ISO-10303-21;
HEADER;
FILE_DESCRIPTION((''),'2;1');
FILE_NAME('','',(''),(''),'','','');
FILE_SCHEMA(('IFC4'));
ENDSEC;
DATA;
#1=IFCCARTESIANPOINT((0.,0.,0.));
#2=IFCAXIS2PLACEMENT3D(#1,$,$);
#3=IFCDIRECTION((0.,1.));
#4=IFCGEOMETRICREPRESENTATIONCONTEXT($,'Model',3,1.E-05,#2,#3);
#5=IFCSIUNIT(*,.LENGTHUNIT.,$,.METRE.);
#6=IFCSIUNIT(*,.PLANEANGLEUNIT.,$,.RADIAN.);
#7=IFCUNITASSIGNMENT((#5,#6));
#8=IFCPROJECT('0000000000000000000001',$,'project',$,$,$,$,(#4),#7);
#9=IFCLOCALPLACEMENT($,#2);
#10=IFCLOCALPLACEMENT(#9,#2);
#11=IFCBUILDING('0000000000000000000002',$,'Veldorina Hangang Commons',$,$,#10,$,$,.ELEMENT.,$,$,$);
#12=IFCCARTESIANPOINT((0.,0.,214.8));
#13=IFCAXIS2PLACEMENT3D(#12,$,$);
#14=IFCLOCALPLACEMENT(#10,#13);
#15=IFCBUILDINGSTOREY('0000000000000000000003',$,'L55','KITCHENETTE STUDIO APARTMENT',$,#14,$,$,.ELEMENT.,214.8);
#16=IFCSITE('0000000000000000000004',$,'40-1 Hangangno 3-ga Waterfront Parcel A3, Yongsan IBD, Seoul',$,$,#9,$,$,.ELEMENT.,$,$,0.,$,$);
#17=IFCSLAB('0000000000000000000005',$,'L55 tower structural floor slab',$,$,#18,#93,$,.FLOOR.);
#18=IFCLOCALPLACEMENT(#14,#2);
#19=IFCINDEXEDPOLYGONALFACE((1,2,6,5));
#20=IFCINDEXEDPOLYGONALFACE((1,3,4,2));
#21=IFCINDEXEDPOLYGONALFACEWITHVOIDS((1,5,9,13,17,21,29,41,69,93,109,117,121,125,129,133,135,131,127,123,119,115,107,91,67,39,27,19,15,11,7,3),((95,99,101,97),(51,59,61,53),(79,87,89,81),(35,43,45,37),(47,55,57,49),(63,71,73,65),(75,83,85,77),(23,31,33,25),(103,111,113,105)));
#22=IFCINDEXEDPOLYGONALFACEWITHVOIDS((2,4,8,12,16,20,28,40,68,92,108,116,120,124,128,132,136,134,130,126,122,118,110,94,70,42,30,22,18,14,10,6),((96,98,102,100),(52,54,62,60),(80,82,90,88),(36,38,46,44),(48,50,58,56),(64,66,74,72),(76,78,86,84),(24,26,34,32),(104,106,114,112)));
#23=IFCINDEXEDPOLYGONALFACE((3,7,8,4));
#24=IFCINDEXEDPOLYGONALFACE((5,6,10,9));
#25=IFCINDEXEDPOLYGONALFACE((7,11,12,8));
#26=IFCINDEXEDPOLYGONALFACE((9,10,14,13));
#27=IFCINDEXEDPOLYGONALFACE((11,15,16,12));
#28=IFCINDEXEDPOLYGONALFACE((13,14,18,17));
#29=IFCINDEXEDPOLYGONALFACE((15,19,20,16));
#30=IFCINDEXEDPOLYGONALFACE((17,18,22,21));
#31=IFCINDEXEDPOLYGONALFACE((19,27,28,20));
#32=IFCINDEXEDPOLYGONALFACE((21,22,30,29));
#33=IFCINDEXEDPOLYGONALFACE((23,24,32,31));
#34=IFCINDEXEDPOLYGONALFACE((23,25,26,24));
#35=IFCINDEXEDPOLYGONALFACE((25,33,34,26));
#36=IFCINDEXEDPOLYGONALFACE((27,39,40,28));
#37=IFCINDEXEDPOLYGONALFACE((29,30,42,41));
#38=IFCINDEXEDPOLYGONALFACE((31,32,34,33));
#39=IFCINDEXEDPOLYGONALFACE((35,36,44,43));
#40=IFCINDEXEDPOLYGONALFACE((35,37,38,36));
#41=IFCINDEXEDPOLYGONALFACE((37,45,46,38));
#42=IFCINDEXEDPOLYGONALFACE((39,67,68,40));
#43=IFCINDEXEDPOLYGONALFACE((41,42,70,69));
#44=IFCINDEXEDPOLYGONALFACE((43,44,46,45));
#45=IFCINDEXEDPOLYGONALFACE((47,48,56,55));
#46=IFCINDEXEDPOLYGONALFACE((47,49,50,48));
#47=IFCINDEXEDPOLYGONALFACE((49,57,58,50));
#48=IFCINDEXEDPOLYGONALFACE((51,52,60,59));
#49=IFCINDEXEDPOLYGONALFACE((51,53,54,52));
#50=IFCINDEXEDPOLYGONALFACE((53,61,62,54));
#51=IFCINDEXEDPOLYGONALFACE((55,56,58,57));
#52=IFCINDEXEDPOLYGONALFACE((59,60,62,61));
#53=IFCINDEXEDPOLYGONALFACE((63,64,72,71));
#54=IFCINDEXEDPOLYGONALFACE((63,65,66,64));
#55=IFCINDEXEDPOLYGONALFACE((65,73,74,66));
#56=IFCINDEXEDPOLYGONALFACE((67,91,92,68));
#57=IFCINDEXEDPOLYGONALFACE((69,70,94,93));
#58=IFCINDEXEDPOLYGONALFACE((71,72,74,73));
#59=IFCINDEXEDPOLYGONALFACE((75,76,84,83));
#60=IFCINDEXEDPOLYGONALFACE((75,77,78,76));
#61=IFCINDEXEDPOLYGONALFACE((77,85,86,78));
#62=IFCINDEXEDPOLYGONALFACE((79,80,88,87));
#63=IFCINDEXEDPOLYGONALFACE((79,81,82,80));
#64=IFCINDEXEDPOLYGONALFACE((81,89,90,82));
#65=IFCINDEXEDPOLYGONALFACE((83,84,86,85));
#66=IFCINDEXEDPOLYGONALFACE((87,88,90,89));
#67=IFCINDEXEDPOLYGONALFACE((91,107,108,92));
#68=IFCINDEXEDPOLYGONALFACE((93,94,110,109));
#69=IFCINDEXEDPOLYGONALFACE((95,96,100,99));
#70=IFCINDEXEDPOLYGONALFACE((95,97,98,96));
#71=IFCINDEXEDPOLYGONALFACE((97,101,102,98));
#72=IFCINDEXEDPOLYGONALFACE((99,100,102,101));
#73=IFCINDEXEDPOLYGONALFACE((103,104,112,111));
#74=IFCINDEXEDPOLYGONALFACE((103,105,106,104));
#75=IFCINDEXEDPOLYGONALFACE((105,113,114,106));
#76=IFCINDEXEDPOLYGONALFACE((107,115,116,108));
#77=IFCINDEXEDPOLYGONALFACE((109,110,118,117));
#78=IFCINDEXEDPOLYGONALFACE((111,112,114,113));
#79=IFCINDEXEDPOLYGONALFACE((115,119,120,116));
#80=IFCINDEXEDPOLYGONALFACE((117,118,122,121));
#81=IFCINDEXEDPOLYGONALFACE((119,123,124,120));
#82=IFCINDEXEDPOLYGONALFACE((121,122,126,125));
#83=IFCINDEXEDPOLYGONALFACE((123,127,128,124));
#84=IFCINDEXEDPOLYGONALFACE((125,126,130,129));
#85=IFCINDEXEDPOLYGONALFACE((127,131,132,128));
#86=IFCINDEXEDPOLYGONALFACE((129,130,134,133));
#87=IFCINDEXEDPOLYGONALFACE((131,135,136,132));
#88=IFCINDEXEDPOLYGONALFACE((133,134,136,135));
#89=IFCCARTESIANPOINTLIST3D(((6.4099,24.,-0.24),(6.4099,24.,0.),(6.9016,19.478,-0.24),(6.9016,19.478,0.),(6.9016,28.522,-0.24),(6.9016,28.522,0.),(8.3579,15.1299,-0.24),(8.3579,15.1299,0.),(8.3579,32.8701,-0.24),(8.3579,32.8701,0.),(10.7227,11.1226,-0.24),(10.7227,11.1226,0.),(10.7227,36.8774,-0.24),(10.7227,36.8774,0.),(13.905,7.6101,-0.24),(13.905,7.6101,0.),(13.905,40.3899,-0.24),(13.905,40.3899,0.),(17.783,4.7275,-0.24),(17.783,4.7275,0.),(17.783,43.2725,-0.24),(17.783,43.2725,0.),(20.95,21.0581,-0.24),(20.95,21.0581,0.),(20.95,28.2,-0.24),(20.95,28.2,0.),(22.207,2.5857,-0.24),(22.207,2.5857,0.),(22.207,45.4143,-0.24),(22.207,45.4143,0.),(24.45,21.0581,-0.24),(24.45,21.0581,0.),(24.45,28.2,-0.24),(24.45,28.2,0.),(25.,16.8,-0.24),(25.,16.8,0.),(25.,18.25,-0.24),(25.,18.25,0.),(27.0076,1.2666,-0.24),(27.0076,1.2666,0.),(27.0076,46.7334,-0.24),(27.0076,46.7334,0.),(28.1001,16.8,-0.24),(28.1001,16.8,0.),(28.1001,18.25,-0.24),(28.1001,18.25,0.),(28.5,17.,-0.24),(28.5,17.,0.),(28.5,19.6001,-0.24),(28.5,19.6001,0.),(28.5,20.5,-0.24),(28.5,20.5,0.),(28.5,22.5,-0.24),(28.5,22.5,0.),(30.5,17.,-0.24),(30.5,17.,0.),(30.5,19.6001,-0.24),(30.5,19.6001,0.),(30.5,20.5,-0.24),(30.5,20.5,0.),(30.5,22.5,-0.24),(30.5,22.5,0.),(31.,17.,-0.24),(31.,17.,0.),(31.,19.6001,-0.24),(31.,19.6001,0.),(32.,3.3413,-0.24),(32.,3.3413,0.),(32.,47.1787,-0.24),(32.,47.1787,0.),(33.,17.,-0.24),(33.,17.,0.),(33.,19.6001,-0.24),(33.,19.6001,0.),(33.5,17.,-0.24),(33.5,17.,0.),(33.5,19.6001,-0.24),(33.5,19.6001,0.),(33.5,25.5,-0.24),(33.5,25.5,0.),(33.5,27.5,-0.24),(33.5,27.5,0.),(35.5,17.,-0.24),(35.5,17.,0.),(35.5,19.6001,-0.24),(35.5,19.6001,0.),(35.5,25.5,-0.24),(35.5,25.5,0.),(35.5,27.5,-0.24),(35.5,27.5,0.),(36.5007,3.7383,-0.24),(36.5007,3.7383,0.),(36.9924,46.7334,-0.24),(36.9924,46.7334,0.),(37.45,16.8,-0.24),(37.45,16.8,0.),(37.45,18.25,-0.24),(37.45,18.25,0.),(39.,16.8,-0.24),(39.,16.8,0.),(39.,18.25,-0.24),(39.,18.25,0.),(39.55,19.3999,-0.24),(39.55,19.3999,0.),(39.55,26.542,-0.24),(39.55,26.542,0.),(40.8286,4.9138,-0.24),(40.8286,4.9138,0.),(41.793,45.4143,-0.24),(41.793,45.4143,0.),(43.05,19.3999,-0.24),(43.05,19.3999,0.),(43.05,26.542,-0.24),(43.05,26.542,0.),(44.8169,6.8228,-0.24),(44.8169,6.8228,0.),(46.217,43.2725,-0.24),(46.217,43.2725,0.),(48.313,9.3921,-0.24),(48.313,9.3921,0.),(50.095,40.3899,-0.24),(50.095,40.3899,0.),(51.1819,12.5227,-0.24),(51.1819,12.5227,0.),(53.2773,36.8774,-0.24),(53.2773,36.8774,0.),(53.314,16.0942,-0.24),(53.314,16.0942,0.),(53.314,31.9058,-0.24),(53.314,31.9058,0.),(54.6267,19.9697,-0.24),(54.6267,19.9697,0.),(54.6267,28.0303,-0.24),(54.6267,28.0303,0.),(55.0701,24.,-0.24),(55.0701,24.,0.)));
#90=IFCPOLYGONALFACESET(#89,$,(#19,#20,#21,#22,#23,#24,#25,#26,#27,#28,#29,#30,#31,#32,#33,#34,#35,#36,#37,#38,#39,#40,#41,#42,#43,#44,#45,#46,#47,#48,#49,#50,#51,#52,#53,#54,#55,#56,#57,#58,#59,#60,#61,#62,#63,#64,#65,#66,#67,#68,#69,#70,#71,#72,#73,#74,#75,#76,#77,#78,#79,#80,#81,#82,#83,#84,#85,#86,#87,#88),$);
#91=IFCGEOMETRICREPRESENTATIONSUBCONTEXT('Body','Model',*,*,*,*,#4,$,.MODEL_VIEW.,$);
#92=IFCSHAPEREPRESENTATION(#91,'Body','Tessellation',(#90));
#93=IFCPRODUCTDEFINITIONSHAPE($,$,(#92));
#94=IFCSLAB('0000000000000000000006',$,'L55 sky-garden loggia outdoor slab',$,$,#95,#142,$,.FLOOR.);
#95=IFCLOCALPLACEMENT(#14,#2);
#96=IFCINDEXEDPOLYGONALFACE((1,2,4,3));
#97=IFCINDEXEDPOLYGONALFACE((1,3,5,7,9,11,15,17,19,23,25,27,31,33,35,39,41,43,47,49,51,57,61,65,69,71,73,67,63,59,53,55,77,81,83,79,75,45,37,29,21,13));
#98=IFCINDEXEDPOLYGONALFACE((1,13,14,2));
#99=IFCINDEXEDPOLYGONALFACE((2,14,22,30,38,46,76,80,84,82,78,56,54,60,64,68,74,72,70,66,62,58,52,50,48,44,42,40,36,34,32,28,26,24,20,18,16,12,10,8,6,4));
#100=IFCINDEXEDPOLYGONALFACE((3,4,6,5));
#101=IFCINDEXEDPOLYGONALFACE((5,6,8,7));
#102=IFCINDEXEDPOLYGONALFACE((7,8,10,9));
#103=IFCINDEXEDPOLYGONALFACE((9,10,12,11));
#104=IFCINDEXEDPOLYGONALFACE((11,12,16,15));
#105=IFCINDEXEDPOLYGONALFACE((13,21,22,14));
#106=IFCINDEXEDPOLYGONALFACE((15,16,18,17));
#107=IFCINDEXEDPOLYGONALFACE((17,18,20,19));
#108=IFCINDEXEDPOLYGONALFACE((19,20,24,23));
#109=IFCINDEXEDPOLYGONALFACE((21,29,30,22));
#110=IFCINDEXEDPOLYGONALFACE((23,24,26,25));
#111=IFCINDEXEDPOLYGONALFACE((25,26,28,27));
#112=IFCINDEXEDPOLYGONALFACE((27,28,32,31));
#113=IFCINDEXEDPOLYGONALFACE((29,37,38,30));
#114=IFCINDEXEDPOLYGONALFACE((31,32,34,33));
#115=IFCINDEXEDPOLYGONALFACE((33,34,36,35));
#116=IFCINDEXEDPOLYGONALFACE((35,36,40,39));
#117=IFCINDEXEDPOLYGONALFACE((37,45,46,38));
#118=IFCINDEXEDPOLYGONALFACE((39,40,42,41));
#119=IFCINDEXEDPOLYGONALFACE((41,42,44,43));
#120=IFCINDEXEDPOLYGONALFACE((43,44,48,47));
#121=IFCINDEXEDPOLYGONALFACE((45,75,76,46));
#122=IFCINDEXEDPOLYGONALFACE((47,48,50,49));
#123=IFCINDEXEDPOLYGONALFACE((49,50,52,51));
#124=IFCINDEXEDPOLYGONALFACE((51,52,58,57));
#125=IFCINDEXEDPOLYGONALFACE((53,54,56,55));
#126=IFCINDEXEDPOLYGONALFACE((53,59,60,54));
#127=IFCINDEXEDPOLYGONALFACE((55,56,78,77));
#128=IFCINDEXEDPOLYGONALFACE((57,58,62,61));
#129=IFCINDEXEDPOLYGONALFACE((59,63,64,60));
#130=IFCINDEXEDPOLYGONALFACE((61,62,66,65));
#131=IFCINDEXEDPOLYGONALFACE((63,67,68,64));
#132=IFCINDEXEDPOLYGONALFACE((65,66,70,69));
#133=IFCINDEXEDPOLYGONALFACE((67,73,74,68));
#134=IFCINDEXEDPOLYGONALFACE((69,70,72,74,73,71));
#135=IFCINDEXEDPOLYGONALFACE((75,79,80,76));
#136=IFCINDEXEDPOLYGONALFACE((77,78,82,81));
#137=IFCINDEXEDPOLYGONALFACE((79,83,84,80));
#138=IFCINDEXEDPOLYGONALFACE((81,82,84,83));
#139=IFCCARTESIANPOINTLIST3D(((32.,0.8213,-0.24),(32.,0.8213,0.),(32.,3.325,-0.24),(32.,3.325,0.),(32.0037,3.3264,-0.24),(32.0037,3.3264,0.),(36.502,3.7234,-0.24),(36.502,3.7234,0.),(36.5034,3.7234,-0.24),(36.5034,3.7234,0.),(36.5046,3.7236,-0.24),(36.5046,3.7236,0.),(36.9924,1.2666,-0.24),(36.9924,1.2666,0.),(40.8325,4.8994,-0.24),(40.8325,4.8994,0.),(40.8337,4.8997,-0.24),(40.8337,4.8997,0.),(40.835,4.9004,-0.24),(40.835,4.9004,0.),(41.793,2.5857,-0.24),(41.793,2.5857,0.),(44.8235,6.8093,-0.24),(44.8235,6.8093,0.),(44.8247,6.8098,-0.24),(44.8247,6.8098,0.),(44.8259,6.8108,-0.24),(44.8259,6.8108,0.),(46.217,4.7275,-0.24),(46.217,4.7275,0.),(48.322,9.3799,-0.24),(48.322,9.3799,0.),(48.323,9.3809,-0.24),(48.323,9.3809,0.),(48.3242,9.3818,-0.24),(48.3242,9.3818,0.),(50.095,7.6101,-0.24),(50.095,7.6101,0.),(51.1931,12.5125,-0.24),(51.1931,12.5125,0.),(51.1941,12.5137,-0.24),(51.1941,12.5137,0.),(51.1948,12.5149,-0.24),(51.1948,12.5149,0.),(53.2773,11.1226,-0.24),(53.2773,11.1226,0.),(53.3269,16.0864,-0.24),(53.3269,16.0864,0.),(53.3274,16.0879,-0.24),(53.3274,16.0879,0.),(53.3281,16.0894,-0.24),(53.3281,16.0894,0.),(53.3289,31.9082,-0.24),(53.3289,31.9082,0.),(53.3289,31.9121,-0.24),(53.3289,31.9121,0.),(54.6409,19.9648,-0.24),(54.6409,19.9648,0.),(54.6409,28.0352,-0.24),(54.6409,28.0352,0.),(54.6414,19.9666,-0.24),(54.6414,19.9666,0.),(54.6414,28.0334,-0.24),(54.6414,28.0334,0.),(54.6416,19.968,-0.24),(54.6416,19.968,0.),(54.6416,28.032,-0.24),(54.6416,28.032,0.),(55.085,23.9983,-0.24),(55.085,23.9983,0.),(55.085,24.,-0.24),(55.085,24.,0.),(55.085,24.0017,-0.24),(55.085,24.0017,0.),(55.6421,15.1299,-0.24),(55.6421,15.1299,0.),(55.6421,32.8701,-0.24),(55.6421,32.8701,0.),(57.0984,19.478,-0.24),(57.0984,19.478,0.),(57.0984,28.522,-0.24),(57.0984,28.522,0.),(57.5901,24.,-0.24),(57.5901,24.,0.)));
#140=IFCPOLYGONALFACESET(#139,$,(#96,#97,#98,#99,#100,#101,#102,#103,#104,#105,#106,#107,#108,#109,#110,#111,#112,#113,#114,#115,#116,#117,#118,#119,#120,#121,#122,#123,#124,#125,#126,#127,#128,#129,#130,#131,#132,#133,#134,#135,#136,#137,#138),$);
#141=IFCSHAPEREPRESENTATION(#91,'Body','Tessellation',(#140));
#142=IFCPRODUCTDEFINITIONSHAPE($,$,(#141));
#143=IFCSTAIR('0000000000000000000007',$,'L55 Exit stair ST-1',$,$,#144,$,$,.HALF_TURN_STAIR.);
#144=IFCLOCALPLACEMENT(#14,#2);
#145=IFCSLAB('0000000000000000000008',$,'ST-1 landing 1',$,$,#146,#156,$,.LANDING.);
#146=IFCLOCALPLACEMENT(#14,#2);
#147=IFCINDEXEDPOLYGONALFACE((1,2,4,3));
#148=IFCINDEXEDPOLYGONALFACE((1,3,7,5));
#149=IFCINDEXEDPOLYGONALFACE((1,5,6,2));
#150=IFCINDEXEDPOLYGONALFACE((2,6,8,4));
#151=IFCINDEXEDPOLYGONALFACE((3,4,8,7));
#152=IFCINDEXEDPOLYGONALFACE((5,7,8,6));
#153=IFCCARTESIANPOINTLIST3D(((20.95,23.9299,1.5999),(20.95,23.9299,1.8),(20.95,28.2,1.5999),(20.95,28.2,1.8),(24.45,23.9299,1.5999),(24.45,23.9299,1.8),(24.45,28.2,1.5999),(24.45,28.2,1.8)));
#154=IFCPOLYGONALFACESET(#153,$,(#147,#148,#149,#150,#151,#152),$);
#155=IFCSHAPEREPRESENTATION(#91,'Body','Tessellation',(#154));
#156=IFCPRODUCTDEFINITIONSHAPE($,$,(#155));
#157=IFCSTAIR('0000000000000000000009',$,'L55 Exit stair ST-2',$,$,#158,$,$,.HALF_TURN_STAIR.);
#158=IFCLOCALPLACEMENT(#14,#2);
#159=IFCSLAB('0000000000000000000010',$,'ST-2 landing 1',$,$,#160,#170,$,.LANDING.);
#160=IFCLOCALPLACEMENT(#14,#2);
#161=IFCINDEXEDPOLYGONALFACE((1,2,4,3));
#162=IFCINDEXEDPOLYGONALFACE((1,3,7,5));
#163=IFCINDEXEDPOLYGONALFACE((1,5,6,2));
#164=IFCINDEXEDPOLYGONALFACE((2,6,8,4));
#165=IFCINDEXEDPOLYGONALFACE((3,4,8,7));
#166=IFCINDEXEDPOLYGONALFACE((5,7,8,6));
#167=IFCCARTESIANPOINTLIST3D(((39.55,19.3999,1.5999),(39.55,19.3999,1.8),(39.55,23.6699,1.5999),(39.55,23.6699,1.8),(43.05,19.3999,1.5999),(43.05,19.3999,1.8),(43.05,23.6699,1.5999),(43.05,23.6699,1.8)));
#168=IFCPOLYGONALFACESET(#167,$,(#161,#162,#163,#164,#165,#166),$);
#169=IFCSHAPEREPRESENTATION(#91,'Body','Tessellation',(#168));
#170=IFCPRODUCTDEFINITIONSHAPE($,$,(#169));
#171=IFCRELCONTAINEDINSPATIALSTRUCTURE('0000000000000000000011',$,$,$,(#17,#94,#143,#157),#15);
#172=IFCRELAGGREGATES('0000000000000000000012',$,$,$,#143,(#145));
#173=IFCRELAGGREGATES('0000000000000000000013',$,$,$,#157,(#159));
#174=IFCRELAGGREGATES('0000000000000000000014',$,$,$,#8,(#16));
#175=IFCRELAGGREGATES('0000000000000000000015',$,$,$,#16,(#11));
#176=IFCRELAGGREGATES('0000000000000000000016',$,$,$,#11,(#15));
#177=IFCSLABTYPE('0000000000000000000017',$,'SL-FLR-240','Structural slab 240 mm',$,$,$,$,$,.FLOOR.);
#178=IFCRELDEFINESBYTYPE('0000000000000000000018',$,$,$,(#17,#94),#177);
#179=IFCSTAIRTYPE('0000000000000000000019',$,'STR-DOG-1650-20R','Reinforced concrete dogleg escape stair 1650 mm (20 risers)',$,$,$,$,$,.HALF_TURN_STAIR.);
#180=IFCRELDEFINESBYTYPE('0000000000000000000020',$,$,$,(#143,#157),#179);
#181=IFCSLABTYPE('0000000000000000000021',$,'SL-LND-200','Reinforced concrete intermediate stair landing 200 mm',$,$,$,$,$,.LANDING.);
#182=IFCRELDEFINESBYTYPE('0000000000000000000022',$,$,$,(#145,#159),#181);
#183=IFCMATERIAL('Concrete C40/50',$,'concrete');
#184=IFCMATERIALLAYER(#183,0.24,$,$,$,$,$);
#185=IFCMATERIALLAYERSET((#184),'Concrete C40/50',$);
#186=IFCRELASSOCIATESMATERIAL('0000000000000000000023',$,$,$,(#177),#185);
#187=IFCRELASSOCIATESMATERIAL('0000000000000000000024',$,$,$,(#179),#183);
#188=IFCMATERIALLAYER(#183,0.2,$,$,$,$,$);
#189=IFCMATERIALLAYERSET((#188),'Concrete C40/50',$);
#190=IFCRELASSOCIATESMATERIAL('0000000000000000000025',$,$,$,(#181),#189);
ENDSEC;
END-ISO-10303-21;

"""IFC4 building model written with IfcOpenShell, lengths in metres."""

from ifc_helpers import new_model, si_unit, direction, frame, origin, place, context, subcontext, project, spatial, polyline, outline, extrude, material, layer, layer_set, type_object, element, aggregate, save


model = new_model("IFC4")

# Units and contexts
model_context = context("Model", 3, precision=1e-05, world=origin(), true_north=direction((0.0, 1.0)))
body_context = subcontext(model_context, "Body", "Model", "MODEL_VIEW")
ifc_project = project(units=[si_unit("LENGTHUNIT", "METRE"), si_unit("PLANEANGLEUNIT", "RADIAN")], contexts=[model_context])

# Site, building, storey
site_placement = place(None, origin())
site = spatial("IfcSite", under=ifc_project, at=site_placement, Name="40-1 Hangangno 3-ga Waterfront Parcel A3, Yongsan IBD, Seoul", CompositionType="ELEMENT", RefElevation=0.0)
building_placement = place(site_placement, origin())
building = spatial("IfcBuilding", under=site, at=building_placement, Name="Veldorina Hangang Commons", CompositionType="ELEMENT")
storey_placement = place(building_placement, frame((0.0, 0.0, 214.8)))
storey = spatial("IfcBuildingStorey", under=building, at=storey_placement, Name="L55", Description="KITCHENETTE STUDIO APARTMENT", CompositionType="ELEMENT", Elevation=214.8)

# Slabs
ifc_material_1 = material(Name="Concrete C40/50", Category="concrete")
ifc_layer_1 = layer(ifc_material_1, 0.24)
ifc_layer_set_1 = layer_set([ifc_layer_1], Name="Concrete C40/50")
slab_type_1 = type_object("IfcSlabType", Name="SL-FLR-240", Description="Structural slab 240 mm", PredefinedType="FLOOR", material=ifc_layer_set_1)
slab_1_placement = place(storey_placement, frame((0.0, 0.0, -0.24)))
element("IfcSlab", 1, at=slab_1_placement, inside=storey, type_object=slab_type_1, Name="L55 tower structural floor slab", PredefinedType="FLOOR", context=body_context, shape_type="SweptSolid", body=[
    extrude(outline(polyline([(55.0701, 24.0), (54.6267, 28.0303), (53.314, 31.9058), (53.2773, 36.8774), (50.095, 40.3899), (46.217, 43.2725), (41.793, 45.4143), (36.9924, 46.7334), (32.0, 47.1787), (27.0076, 46.7334), (22.207, 45.4143), (17.783, 43.2725), (13.905, 40.3899), (10.7227, 36.8774), (8.3579, 32.8701), (6.9016, 28.522), (6.4099, 24.0), (6.9016, 19.478), (8.3579, 15.1299), (10.7227, 11.1226), (13.905, 7.6101), (17.783, 4.7275), (22.207, 2.5857), (27.0076, 1.2666), (32.0, 3.3413), (36.5007, 3.7383), (40.8286, 4.9138), (44.8169, 6.8228), (48.313, 9.3921), (51.1819, 12.5227), (53.314, 16.0942), (54.6267, 19.9697), (55.0701, 24.0)]), holes=[polyline([(20.95, 21.0581), (20.95, 28.2), (24.45, 28.2), (24.45, 21.0581), (20.95, 21.0581)]), polyline([(43.05, 26.542), (43.05, 19.3999), (39.55, 19.3999), (39.55, 26.542), (43.05, 26.542)]), polyline([(33.5, 27.5), (35.5, 27.5), (35.5, 25.5), (33.5, 25.5), (33.5, 27.5)]), polyline([(28.5, 22.5), (30.5, 22.5), (30.5, 20.5), (28.5, 20.5), (28.5, 22.5)]), polyline([(28.5, 19.6001), (30.5, 19.6001), (30.5, 17.0), (28.5, 17.0), (28.5, 19.6001)]), polyline([(31.0, 19.6001), (33.0, 19.6001), (33.0, 17.0), (31.0, 17.0), (31.0, 19.6001)]), polyline([(33.5, 19.6001), (35.5, 19.6001), (35.5, 17.0), (33.5, 17.0), (33.5, 19.6001)]), polyline([(25.0, 18.25), (28.1001, 18.25), (28.1001, 16.8), (25.0, 16.8), (25.0, 18.25)]), polyline([(37.45, 18.25), (39.0, 18.25), (39.0, 16.8), (37.45, 16.8), (37.45, 18.25)])]), origin(), (0.0, 0.0, 1.0), 0.24),
])
slab_2_placement = place(storey_placement, frame((0.0, 0.0, -0.24)))
element("IfcSlab", 2, at=slab_2_placement, inside=storey, type_object=slab_type_1, Name="L55 sky-garden loggia outdoor slab", PredefinedType="FLOOR", context=body_context, shape_type="SweptSolid", body=[
    extrude(outline(polyline([(55.6421, 32.8701), (57.0984, 28.522), (57.5901, 24.0), (57.0984, 19.478), (55.6421, 15.1299), (53.2773, 11.1226), (50.095, 7.6101), (46.217, 4.7275), (41.793, 2.5857), (36.9924, 1.2666), (32.0, 0.8213), (32.0, 3.325), (32.0037, 3.3264), (36.502, 3.7234), (36.5034, 3.7234), (36.5046, 3.7236), (40.8325, 4.8994), (40.8337, 4.8997), (40.835, 4.9004), (44.8235, 6.8093), (44.8247, 6.8098), (44.8259, 6.8108), (48.322, 9.3799), (48.323, 9.3809), (48.3242, 9.3818), (51.1931, 12.5125), (51.1941, 12.5137), (51.1948, 12.5149), (53.3269, 16.0864), (53.3274, 16.0879), (53.3281, 16.0894), (54.6409, 19.9648), (54.6414, 19.9666), (54.6416, 19.968), (55.085, 23.9983), (55.085, 24.0), (55.085, 24.0017), (54.6416, 28.032), (54.6414, 28.0334), (54.6409, 28.0352), (53.3289, 31.9082), (53.3289, 31.9121), (55.6421, 32.8701)])), origin(), (0.0, 0.0, 1.0), 0.24),
])

# Stairs, slabs
stair_type = type_object("IfcStairType", Name="STR-DOG-1650-20R", Description="Reinforced concrete dogleg escape stair 1650 mm (20 risers)", PredefinedType="HALF_TURN_STAIR", material=ifc_material_1)
stair_1_placement = place(storey_placement, origin())
stair_1 = element("IfcStair", 3, at=stair_1_placement, inside=storey, type_object=stair_type, Name="L55 Exit stair ST-1", PredefinedType="HALF_TURN_STAIR")
ifc_layer_2 = layer(ifc_material_1, 0.2)
ifc_layer_set_2 = layer_set([ifc_layer_2], Name="Concrete C40/50")
slab_type_2 = type_object("IfcSlabType", Name="SL-LND-200", Description="Reinforced concrete intermediate stair landing 200 mm", PredefinedType="LANDING", material=ifc_layer_set_2)
slab_3_placement = place(storey_placement, frame((0.0, 0.0, 1.5999)))
slab_3 = element("IfcSlab", 4, at=slab_3_placement, type_object=slab_type_2, Name="ST-1 landing 1", PredefinedType="LANDING", context=body_context, shape_type="SweptSolid", body=[
    extrude(outline(polyline([(24.45, 23.9299), (24.45, 28.2), (20.95, 28.2), (20.95, 23.9299), (24.45, 23.9299)])), origin(), (0.0, 0.0, 1.0), 0.2002),
])
aggregate(stair_1, [slab_3])
stair_2_placement = place(storey_placement, origin())
stair_2 = element("IfcStair", 5, at=stair_2_placement, inside=storey, type_object=stair_type, Name="L55 Exit stair ST-2", PredefinedType="HALF_TURN_STAIR")
slab_4_placement = place(storey_placement, frame((0.0, 0.0, 1.5999)))
slab_4 = element("IfcSlab", 6, at=slab_4_placement, type_object=slab_type_2, Name="ST-2 landing 1", PredefinedType="LANDING", context=body_context, shape_type="SweptSolid", body=[
    extrude(outline(polyline([(39.55, 23.6699), (39.55, 19.3999), (43.05, 19.3999), (43.05, 23.6699), (39.55, 23.6699)])), origin(), (0.0, 0.0, 1.0), 0.2002),
])
aggregate(stair_2, [slab_4])

save(model, "model.ifc")
